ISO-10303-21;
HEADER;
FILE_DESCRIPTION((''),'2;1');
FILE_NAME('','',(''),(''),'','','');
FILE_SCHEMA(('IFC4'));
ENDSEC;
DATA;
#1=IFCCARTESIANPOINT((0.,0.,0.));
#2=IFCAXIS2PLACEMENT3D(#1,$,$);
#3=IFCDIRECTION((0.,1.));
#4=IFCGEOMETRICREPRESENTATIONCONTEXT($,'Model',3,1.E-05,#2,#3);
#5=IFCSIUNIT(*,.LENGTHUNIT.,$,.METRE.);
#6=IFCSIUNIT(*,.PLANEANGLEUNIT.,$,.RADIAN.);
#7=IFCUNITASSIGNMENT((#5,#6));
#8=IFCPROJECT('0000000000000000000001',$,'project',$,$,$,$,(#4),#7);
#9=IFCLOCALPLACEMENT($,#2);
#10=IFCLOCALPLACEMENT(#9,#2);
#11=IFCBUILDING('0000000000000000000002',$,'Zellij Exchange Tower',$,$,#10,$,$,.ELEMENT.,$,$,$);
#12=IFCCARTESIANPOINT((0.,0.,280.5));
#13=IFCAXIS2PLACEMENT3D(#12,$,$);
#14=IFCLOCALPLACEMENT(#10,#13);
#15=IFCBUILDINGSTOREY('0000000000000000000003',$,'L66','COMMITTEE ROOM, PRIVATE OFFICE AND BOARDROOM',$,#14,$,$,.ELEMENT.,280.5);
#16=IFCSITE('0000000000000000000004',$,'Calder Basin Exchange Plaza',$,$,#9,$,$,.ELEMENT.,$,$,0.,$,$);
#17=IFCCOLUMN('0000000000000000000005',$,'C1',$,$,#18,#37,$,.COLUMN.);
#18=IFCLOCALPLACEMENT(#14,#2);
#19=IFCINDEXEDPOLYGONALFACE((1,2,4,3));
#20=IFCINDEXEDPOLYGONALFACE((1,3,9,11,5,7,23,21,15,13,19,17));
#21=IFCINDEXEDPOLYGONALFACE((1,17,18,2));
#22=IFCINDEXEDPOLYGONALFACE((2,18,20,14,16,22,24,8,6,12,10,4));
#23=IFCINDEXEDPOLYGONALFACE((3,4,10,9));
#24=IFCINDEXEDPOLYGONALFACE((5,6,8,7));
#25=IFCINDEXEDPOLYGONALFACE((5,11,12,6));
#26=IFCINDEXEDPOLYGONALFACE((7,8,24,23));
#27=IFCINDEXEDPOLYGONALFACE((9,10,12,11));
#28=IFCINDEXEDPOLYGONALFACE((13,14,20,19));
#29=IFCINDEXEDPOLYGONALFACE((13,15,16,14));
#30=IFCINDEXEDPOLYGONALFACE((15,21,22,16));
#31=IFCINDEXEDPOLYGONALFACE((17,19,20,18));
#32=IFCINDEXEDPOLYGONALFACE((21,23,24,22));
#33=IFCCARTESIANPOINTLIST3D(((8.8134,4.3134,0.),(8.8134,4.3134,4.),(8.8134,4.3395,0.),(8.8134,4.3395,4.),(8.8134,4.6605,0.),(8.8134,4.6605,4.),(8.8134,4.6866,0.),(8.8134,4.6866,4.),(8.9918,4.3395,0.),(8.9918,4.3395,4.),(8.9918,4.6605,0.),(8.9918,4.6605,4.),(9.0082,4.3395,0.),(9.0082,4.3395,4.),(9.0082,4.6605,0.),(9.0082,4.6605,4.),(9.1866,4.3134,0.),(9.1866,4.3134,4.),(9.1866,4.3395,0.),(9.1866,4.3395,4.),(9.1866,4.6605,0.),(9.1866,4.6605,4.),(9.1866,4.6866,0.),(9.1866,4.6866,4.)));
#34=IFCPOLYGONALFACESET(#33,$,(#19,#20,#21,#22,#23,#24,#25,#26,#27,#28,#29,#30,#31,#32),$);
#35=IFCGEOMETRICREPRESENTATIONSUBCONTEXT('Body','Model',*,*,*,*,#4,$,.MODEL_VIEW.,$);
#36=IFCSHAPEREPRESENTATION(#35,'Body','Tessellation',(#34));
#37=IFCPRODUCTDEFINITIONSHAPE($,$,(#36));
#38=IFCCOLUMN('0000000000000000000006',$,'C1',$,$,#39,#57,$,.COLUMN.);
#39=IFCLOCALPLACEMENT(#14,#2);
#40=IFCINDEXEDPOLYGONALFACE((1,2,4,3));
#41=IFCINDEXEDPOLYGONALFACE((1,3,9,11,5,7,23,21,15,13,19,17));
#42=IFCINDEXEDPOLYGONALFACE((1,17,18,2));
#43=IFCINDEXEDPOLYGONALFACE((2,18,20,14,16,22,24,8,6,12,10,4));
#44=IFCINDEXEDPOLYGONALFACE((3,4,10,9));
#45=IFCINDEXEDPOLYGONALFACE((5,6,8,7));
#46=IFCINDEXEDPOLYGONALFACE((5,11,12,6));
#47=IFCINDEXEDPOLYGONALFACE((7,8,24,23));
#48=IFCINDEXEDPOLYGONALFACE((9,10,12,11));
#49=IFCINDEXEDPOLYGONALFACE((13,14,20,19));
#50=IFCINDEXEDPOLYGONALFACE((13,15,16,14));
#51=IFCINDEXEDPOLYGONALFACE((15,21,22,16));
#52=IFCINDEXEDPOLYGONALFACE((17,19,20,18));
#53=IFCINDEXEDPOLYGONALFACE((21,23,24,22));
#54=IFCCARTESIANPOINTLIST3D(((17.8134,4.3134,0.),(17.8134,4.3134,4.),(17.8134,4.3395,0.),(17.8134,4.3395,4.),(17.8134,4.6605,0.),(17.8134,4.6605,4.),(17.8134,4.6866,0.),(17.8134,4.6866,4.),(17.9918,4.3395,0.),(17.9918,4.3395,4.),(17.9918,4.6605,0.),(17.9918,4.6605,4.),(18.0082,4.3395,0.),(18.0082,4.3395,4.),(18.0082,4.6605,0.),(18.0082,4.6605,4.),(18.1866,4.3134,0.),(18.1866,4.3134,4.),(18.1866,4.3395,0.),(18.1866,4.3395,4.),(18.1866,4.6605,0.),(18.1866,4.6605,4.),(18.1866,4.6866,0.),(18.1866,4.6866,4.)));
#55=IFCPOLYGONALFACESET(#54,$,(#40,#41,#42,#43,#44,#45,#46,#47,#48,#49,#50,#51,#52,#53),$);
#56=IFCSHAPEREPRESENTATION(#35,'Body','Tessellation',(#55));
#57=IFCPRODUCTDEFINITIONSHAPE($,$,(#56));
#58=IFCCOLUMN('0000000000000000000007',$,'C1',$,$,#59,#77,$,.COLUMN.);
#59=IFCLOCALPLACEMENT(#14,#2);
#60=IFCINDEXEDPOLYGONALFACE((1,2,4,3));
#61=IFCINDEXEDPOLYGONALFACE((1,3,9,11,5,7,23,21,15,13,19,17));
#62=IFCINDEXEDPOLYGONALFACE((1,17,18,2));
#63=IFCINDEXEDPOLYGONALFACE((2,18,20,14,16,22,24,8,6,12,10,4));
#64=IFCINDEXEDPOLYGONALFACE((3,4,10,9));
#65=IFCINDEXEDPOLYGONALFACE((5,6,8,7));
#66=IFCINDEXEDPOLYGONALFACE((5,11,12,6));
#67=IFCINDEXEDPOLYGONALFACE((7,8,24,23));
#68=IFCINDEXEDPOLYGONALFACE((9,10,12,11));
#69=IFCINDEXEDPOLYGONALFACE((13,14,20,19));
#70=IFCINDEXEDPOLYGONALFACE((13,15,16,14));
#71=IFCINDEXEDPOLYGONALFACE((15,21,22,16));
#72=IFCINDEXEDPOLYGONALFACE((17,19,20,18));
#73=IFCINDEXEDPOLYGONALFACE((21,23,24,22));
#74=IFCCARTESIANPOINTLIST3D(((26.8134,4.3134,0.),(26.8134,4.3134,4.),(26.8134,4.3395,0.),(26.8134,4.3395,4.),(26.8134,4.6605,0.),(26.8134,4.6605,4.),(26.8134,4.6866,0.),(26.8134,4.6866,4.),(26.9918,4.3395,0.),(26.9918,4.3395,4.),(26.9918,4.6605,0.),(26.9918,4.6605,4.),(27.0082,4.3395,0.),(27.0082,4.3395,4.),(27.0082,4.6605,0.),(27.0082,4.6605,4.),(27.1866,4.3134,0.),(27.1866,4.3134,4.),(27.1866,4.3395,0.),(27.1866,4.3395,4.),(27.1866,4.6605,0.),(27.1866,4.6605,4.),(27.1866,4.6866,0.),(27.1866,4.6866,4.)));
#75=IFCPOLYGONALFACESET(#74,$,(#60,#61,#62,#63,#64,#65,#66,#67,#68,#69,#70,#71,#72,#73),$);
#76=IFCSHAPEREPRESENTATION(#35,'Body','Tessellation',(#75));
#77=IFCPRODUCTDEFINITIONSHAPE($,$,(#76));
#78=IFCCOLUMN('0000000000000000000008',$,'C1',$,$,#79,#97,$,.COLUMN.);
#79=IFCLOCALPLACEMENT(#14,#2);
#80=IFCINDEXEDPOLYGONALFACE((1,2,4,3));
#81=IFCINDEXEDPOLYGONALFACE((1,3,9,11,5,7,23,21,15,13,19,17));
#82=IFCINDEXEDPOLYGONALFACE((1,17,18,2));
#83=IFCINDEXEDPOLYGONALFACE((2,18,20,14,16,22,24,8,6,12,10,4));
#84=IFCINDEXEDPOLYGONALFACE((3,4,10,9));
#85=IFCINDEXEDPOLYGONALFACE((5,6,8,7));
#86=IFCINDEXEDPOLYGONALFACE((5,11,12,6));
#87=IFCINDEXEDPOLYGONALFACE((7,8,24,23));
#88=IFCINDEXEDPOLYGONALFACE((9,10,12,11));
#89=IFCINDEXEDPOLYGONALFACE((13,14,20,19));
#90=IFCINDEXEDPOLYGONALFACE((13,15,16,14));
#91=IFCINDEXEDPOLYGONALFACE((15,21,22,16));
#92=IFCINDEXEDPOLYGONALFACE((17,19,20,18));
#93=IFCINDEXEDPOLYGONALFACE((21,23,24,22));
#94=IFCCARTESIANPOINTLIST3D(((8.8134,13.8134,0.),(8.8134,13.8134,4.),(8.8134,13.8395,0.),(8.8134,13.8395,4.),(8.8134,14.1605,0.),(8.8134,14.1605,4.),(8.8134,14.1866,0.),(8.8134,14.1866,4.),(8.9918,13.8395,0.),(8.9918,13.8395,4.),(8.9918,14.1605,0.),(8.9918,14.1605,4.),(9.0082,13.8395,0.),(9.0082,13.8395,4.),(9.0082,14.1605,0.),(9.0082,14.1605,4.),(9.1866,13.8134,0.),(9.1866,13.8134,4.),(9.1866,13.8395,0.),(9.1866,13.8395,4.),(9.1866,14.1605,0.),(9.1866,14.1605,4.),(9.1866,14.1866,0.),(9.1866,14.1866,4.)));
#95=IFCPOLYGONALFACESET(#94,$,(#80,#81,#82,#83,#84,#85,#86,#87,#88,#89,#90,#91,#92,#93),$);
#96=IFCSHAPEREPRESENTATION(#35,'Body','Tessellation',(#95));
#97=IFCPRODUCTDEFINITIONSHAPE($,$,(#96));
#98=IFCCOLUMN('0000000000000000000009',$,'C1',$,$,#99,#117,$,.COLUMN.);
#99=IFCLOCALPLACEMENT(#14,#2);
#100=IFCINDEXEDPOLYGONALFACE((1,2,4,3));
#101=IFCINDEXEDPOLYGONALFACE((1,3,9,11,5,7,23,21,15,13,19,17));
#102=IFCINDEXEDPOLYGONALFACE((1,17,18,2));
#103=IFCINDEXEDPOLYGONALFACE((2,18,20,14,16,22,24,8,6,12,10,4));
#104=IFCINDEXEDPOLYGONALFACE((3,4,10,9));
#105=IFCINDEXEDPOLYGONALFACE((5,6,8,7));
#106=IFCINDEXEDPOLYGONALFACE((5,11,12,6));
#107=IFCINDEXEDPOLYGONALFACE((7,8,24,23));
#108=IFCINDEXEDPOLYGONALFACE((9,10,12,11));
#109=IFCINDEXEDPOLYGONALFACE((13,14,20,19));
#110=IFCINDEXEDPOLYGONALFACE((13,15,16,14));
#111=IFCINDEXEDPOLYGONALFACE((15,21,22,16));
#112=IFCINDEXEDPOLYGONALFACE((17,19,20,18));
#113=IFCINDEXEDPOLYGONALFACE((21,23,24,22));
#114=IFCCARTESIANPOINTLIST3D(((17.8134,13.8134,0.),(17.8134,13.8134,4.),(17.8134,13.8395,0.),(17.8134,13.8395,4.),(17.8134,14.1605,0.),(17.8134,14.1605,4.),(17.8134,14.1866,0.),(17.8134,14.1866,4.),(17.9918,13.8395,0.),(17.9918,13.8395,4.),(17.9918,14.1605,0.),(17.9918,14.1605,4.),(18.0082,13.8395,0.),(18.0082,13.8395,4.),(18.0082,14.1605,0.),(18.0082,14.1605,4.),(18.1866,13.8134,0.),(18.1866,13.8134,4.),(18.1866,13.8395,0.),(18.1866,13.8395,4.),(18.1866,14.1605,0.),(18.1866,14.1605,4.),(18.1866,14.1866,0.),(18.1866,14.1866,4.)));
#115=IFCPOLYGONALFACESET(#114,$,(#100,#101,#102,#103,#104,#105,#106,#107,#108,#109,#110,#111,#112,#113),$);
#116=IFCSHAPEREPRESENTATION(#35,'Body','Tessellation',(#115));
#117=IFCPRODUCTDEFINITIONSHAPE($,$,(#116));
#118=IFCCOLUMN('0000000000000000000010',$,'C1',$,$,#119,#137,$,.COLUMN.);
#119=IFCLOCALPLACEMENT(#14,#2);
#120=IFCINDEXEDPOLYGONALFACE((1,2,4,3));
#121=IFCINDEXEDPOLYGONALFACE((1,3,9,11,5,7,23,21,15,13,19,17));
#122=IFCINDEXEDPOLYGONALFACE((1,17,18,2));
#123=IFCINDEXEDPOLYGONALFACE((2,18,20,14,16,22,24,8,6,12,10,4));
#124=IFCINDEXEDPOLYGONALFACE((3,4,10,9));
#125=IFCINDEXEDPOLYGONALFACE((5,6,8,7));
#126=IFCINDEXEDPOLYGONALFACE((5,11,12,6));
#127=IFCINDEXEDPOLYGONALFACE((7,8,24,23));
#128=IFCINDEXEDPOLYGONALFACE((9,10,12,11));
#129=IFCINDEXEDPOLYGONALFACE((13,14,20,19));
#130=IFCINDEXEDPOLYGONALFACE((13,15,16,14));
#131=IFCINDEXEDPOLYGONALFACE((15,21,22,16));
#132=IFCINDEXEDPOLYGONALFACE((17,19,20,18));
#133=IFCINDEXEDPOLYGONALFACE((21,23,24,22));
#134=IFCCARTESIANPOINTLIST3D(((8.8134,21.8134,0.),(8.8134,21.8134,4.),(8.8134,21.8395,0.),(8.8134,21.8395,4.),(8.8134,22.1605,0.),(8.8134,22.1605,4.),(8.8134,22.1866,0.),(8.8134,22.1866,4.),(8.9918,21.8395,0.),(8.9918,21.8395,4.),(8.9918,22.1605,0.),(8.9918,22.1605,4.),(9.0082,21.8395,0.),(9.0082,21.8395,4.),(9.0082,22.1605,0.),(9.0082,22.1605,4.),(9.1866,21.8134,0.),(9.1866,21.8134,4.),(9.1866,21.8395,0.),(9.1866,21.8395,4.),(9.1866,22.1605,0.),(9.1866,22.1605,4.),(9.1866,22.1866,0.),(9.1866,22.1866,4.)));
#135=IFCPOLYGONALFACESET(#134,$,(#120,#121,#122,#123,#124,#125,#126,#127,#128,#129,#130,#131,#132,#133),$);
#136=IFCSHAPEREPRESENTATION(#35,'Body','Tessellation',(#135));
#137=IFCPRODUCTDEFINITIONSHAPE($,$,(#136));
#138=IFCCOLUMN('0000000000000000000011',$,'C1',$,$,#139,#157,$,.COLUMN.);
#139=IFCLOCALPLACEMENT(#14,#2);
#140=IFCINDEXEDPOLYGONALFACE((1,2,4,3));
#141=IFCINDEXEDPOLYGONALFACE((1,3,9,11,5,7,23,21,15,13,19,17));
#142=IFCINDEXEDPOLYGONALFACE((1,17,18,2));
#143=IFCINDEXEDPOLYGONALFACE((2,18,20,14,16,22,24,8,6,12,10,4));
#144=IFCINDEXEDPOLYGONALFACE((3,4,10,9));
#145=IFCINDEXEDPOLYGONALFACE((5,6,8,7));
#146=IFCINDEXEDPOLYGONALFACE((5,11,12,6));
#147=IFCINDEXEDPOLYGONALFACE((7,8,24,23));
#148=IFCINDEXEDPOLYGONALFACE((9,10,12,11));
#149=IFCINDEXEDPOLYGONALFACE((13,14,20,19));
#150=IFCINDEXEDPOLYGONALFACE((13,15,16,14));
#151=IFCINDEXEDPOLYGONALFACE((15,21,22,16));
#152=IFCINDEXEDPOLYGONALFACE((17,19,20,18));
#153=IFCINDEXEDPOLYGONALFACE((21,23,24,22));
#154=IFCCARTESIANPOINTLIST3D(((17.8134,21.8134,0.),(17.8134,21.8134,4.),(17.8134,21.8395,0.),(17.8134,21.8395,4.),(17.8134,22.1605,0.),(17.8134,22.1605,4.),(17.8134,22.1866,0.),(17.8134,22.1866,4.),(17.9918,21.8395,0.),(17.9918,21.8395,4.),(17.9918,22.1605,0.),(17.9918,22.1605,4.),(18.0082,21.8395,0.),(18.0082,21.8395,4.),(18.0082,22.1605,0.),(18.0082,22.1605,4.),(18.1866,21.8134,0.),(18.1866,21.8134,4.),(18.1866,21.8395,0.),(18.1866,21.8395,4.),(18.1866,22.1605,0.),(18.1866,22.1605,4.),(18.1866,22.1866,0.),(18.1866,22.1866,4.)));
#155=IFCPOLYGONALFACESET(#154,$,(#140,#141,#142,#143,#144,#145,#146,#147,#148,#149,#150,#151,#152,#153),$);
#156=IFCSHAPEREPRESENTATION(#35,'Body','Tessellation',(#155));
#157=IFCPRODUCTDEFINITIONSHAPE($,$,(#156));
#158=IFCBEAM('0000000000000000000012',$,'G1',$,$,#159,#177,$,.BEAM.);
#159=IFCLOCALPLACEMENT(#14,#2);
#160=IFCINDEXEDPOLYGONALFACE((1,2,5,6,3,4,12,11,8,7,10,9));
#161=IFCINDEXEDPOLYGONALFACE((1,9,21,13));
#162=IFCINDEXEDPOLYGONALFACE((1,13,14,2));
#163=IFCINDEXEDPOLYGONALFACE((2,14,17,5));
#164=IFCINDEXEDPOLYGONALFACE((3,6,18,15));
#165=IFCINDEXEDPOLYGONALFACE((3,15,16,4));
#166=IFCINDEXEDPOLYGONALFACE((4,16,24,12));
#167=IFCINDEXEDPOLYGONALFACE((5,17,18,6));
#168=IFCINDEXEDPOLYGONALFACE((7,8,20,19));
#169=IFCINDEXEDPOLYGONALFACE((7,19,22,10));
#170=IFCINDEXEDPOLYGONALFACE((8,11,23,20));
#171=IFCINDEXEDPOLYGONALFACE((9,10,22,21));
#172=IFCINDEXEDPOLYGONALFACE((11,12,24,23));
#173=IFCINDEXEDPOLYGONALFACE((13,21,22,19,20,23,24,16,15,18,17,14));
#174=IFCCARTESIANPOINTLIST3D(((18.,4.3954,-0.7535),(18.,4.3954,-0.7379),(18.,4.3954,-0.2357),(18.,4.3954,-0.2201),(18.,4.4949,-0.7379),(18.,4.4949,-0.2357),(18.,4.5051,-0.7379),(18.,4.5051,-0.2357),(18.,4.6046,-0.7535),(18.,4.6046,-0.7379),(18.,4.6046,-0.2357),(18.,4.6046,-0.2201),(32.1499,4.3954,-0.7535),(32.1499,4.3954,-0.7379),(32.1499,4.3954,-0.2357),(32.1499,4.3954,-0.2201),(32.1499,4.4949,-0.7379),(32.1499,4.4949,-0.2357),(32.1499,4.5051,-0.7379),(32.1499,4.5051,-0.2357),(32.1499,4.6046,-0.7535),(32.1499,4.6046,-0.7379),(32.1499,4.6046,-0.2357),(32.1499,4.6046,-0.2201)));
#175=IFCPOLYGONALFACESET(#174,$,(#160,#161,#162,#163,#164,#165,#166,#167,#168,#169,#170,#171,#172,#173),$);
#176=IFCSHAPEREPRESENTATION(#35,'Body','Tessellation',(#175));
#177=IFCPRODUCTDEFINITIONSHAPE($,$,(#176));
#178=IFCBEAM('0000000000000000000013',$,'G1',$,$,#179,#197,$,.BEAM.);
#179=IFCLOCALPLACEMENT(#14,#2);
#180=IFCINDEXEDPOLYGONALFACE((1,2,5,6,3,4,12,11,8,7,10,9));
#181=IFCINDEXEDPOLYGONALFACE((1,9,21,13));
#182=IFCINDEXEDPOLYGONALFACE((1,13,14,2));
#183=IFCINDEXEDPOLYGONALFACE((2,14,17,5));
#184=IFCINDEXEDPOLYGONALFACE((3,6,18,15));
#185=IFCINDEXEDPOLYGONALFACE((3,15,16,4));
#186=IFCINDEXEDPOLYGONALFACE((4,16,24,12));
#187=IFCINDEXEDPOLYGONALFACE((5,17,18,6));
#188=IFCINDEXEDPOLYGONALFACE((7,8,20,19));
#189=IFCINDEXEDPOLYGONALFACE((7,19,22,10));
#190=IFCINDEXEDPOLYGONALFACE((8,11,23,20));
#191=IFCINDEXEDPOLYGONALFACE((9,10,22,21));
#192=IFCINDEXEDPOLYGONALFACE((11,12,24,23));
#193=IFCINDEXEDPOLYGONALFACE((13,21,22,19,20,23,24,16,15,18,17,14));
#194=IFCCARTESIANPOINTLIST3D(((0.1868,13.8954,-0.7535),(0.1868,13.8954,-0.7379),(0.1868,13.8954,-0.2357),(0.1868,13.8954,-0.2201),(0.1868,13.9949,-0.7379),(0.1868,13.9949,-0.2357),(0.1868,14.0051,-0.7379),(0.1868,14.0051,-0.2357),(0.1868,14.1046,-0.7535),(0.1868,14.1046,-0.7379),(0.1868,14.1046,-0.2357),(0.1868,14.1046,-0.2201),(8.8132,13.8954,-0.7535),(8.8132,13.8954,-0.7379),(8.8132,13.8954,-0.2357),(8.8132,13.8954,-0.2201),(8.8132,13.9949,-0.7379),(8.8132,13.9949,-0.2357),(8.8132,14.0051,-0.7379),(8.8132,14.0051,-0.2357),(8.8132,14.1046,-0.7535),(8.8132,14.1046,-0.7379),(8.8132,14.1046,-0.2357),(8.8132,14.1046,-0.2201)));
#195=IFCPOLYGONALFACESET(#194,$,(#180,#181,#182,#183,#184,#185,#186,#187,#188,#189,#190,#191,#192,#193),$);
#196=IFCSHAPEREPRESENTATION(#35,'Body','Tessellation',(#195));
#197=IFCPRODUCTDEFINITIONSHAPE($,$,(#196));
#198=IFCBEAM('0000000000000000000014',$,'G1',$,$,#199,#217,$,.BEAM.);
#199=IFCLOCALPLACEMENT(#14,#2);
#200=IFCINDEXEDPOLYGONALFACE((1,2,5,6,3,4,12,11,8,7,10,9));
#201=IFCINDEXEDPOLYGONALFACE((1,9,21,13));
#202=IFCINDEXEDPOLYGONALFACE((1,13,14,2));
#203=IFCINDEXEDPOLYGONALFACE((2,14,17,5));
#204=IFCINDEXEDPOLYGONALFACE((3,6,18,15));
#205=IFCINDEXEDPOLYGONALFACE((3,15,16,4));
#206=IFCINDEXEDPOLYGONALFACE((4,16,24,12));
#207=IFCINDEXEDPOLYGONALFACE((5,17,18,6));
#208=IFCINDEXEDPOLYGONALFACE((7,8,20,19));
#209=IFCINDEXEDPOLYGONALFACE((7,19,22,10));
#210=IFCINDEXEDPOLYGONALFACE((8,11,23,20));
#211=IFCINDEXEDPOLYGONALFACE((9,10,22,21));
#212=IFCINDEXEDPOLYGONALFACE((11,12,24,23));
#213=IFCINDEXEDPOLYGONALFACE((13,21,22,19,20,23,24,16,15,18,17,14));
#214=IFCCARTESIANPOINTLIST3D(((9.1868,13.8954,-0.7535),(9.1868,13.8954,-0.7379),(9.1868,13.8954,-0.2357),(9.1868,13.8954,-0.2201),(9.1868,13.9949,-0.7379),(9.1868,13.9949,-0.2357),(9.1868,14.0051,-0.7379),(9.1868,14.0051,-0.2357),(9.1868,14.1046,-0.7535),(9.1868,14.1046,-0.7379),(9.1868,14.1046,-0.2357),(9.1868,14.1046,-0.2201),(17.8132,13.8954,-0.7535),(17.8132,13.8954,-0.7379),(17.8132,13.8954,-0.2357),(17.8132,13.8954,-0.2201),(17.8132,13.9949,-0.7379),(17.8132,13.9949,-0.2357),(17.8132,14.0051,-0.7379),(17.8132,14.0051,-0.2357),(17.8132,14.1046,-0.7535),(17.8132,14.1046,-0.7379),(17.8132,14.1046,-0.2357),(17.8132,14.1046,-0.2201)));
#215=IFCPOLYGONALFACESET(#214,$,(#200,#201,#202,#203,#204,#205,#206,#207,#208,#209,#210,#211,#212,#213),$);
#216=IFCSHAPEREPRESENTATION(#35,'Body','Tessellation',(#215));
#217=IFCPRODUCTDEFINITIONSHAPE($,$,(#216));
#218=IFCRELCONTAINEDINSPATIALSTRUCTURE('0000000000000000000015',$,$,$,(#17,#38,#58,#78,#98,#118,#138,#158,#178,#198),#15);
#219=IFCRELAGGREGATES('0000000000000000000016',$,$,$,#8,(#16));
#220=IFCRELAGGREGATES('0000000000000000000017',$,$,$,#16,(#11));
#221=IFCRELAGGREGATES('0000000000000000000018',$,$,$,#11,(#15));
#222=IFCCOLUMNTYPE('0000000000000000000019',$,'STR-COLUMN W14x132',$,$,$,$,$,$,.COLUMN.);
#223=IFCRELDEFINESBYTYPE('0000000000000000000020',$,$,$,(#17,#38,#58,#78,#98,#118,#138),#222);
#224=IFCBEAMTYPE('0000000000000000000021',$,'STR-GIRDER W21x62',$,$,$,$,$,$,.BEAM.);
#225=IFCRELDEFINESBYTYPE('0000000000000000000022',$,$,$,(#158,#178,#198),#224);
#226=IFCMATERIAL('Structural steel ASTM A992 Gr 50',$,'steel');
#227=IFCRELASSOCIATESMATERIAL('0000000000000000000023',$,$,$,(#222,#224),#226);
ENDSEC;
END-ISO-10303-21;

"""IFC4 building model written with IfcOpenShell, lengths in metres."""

from ifc_helpers import new_model, si_unit, direction, frame, origin, origin_2d, place, context, subcontext, project, spatial, i_section, extrude, material, material_profile, profile_set, type_object, element, save


model = new_model("IFC4")

# Units and contexts
model_context = context("Model", 3, precision=1e-05, world=origin(), true_north=direction((0.0, 1.0)))
body_context = subcontext(model_context, "Body", "Model", "MODEL_VIEW")
ifc_project = project(units=[si_unit("LENGTHUNIT", "METRE"), si_unit("PLANEANGLEUNIT", "RADIAN")], contexts=[model_context])

# Site, building, storey
site_placement = place(None, origin())
site = spatial("IfcSite", under=ifc_project, at=site_placement, Name="Calder Basin Exchange Plaza", CompositionType="ELEMENT", RefElevation=0.0)
building_placement = place(site_placement, origin())
building = spatial("IfcBuilding", under=site, at=building_placement, Name="Zellij Exchange Tower", CompositionType="ELEMENT")
storey_placement = place(building_placement, frame((0.0, 0.0, 280.5)))
storey = spatial("IfcBuildingStorey", under=building, at=storey_placement, Name="L66", Description="COMMITTEE ROOM, PRIVATE OFFICE AND BOARDROOM", CompositionType="ELEMENT", Elevation=280.5)

# Columns
ifc_material_1 = material(Name="Structural steel ASTM A992 Gr 50", Category="steel")
ifc_material_profile_1 = material_profile(ifc_material_1, i_section(OverallWidth=0.3733, OverallDepth=0.3733, WebThickness=0.0164, FlangeThickness=0.0261, at=origin_2d()), Name="W14x132")
ifc_profile_set_1 = profile_set([ifc_material_profile_1], Name="Structural steel ASTM A992 Gr 50")
column_type = type_object("IfcColumnType", Name="STR-COLUMN W14x132", PredefinedType="COLUMN", material=ifc_profile_set_1)
for number, where, z_axis, x_axis, name in (
    (1, (9.0, 4.5, 0.0), (0.0, 0.0, 1.0), (1.0, 0.0, 0.0), "C1"),
    (2, (18.0, 4.5, 0.0), (0.0, 0.0, 1.0), (1.0, 0.0, 0.0), "C1"),
    (3, (27.0, 4.5, 0.0), (0.0, 0.0, 1.0), (1.0, 0.0, 0.0), "C1"),
    (4, (9.0, 14.0, 0.0), (0.0, 0.0, 1.0), (1.0, 0.0, 0.0), "C1"),
    (5, (18.0, 14.0, 0.0), (0.0, 0.0, 1.0), (1.0, 0.0, 0.0), "C1"),
    (6, (9.0, 22.0, 0.0), (0.0, 0.0, 1.0), (1.0, 0.0, 0.0), "C1"),
    (7, (18.0, 22.0, 0.0), (0.0, 0.0, 1.0), (1.0, 0.0, 0.0), "C1"),
):
    element("IfcColumn", number, at=place(storey_placement, frame(where, z_axis=z_axis, x_axis=x_axis)), inside=storey, type_object=column_type, Name=name, PredefinedType="COLUMN", context=body_context, shape_type="SweptSolid", body=[
        extrude(i_section(OverallWidth=0.3733, OverallDepth=0.3733, WebThickness=0.0164, FlangeThickness=0.0261, at=origin_2d()), origin(), (0.0, 0.0, 1.0), 4.0),
    ])

# Beams
ifc_material_profile_2 = material_profile(ifc_material_1, i_section(OverallWidth=0.2092, OverallDepth=0.5334, WebThickness=0.0103, FlangeThickness=0.0156, at=origin_2d()), Name="W21x62")
ifc_profile_set_2 = profile_set([ifc_material_profile_2], Name="Structural steel ASTM A992 Gr 50")
beam_type = type_object("IfcBeamType", Name="STR-GIRDER W21x62", PredefinedType="BEAM", material=ifc_profile_set_2)
beam_1_placement = place(storey_placement, frame((18.0, 4.5, -0.4868), z_axis=(1.0, 0.0, 0.0), x_axis=(0.0, 1.0, 0.0)))
element("IfcBeam", 8, at=beam_1_placement, inside=storey, type_object=beam_type, Name="G1", PredefinedType="BEAM", context=body_context, shape_type="SweptSolid", body=[
    extrude(i_section(OverallWidth=0.2092, OverallDepth=0.5334, WebThickness=0.0103, FlangeThickness=0.0156, at=origin_2d()), origin(), (0.0, 0.0, 1.0), 14.1499),
])
for number, where, z_axis, x_axis, name in (
    (9, (0.1868, 14.0, -0.4868), (1.0, 0.0, 0.0), (0.0, 1.0, 0.0), "G1"),
    (10, (9.1868, 14.0, -0.4868), (1.0, 0.0, 0.0), (0.0, 1.0, 0.0), "G1"),
):
    element("IfcBeam", number, at=place(storey_placement, frame(where, z_axis=z_axis, x_axis=x_axis)), inside=storey, type_object=beam_type, Name=name, PredefinedType="BEAM", context=body_context, shape_type="SweptSolid", body=[
        extrude(i_section(OverallWidth=0.2092, OverallDepth=0.5334, WebThickness=0.0103, FlangeThickness=0.0156, at=origin_2d()), origin(), (0.0, 0.0, 1.0), 8.6265),
    ])

save(model, "model.ifc")
